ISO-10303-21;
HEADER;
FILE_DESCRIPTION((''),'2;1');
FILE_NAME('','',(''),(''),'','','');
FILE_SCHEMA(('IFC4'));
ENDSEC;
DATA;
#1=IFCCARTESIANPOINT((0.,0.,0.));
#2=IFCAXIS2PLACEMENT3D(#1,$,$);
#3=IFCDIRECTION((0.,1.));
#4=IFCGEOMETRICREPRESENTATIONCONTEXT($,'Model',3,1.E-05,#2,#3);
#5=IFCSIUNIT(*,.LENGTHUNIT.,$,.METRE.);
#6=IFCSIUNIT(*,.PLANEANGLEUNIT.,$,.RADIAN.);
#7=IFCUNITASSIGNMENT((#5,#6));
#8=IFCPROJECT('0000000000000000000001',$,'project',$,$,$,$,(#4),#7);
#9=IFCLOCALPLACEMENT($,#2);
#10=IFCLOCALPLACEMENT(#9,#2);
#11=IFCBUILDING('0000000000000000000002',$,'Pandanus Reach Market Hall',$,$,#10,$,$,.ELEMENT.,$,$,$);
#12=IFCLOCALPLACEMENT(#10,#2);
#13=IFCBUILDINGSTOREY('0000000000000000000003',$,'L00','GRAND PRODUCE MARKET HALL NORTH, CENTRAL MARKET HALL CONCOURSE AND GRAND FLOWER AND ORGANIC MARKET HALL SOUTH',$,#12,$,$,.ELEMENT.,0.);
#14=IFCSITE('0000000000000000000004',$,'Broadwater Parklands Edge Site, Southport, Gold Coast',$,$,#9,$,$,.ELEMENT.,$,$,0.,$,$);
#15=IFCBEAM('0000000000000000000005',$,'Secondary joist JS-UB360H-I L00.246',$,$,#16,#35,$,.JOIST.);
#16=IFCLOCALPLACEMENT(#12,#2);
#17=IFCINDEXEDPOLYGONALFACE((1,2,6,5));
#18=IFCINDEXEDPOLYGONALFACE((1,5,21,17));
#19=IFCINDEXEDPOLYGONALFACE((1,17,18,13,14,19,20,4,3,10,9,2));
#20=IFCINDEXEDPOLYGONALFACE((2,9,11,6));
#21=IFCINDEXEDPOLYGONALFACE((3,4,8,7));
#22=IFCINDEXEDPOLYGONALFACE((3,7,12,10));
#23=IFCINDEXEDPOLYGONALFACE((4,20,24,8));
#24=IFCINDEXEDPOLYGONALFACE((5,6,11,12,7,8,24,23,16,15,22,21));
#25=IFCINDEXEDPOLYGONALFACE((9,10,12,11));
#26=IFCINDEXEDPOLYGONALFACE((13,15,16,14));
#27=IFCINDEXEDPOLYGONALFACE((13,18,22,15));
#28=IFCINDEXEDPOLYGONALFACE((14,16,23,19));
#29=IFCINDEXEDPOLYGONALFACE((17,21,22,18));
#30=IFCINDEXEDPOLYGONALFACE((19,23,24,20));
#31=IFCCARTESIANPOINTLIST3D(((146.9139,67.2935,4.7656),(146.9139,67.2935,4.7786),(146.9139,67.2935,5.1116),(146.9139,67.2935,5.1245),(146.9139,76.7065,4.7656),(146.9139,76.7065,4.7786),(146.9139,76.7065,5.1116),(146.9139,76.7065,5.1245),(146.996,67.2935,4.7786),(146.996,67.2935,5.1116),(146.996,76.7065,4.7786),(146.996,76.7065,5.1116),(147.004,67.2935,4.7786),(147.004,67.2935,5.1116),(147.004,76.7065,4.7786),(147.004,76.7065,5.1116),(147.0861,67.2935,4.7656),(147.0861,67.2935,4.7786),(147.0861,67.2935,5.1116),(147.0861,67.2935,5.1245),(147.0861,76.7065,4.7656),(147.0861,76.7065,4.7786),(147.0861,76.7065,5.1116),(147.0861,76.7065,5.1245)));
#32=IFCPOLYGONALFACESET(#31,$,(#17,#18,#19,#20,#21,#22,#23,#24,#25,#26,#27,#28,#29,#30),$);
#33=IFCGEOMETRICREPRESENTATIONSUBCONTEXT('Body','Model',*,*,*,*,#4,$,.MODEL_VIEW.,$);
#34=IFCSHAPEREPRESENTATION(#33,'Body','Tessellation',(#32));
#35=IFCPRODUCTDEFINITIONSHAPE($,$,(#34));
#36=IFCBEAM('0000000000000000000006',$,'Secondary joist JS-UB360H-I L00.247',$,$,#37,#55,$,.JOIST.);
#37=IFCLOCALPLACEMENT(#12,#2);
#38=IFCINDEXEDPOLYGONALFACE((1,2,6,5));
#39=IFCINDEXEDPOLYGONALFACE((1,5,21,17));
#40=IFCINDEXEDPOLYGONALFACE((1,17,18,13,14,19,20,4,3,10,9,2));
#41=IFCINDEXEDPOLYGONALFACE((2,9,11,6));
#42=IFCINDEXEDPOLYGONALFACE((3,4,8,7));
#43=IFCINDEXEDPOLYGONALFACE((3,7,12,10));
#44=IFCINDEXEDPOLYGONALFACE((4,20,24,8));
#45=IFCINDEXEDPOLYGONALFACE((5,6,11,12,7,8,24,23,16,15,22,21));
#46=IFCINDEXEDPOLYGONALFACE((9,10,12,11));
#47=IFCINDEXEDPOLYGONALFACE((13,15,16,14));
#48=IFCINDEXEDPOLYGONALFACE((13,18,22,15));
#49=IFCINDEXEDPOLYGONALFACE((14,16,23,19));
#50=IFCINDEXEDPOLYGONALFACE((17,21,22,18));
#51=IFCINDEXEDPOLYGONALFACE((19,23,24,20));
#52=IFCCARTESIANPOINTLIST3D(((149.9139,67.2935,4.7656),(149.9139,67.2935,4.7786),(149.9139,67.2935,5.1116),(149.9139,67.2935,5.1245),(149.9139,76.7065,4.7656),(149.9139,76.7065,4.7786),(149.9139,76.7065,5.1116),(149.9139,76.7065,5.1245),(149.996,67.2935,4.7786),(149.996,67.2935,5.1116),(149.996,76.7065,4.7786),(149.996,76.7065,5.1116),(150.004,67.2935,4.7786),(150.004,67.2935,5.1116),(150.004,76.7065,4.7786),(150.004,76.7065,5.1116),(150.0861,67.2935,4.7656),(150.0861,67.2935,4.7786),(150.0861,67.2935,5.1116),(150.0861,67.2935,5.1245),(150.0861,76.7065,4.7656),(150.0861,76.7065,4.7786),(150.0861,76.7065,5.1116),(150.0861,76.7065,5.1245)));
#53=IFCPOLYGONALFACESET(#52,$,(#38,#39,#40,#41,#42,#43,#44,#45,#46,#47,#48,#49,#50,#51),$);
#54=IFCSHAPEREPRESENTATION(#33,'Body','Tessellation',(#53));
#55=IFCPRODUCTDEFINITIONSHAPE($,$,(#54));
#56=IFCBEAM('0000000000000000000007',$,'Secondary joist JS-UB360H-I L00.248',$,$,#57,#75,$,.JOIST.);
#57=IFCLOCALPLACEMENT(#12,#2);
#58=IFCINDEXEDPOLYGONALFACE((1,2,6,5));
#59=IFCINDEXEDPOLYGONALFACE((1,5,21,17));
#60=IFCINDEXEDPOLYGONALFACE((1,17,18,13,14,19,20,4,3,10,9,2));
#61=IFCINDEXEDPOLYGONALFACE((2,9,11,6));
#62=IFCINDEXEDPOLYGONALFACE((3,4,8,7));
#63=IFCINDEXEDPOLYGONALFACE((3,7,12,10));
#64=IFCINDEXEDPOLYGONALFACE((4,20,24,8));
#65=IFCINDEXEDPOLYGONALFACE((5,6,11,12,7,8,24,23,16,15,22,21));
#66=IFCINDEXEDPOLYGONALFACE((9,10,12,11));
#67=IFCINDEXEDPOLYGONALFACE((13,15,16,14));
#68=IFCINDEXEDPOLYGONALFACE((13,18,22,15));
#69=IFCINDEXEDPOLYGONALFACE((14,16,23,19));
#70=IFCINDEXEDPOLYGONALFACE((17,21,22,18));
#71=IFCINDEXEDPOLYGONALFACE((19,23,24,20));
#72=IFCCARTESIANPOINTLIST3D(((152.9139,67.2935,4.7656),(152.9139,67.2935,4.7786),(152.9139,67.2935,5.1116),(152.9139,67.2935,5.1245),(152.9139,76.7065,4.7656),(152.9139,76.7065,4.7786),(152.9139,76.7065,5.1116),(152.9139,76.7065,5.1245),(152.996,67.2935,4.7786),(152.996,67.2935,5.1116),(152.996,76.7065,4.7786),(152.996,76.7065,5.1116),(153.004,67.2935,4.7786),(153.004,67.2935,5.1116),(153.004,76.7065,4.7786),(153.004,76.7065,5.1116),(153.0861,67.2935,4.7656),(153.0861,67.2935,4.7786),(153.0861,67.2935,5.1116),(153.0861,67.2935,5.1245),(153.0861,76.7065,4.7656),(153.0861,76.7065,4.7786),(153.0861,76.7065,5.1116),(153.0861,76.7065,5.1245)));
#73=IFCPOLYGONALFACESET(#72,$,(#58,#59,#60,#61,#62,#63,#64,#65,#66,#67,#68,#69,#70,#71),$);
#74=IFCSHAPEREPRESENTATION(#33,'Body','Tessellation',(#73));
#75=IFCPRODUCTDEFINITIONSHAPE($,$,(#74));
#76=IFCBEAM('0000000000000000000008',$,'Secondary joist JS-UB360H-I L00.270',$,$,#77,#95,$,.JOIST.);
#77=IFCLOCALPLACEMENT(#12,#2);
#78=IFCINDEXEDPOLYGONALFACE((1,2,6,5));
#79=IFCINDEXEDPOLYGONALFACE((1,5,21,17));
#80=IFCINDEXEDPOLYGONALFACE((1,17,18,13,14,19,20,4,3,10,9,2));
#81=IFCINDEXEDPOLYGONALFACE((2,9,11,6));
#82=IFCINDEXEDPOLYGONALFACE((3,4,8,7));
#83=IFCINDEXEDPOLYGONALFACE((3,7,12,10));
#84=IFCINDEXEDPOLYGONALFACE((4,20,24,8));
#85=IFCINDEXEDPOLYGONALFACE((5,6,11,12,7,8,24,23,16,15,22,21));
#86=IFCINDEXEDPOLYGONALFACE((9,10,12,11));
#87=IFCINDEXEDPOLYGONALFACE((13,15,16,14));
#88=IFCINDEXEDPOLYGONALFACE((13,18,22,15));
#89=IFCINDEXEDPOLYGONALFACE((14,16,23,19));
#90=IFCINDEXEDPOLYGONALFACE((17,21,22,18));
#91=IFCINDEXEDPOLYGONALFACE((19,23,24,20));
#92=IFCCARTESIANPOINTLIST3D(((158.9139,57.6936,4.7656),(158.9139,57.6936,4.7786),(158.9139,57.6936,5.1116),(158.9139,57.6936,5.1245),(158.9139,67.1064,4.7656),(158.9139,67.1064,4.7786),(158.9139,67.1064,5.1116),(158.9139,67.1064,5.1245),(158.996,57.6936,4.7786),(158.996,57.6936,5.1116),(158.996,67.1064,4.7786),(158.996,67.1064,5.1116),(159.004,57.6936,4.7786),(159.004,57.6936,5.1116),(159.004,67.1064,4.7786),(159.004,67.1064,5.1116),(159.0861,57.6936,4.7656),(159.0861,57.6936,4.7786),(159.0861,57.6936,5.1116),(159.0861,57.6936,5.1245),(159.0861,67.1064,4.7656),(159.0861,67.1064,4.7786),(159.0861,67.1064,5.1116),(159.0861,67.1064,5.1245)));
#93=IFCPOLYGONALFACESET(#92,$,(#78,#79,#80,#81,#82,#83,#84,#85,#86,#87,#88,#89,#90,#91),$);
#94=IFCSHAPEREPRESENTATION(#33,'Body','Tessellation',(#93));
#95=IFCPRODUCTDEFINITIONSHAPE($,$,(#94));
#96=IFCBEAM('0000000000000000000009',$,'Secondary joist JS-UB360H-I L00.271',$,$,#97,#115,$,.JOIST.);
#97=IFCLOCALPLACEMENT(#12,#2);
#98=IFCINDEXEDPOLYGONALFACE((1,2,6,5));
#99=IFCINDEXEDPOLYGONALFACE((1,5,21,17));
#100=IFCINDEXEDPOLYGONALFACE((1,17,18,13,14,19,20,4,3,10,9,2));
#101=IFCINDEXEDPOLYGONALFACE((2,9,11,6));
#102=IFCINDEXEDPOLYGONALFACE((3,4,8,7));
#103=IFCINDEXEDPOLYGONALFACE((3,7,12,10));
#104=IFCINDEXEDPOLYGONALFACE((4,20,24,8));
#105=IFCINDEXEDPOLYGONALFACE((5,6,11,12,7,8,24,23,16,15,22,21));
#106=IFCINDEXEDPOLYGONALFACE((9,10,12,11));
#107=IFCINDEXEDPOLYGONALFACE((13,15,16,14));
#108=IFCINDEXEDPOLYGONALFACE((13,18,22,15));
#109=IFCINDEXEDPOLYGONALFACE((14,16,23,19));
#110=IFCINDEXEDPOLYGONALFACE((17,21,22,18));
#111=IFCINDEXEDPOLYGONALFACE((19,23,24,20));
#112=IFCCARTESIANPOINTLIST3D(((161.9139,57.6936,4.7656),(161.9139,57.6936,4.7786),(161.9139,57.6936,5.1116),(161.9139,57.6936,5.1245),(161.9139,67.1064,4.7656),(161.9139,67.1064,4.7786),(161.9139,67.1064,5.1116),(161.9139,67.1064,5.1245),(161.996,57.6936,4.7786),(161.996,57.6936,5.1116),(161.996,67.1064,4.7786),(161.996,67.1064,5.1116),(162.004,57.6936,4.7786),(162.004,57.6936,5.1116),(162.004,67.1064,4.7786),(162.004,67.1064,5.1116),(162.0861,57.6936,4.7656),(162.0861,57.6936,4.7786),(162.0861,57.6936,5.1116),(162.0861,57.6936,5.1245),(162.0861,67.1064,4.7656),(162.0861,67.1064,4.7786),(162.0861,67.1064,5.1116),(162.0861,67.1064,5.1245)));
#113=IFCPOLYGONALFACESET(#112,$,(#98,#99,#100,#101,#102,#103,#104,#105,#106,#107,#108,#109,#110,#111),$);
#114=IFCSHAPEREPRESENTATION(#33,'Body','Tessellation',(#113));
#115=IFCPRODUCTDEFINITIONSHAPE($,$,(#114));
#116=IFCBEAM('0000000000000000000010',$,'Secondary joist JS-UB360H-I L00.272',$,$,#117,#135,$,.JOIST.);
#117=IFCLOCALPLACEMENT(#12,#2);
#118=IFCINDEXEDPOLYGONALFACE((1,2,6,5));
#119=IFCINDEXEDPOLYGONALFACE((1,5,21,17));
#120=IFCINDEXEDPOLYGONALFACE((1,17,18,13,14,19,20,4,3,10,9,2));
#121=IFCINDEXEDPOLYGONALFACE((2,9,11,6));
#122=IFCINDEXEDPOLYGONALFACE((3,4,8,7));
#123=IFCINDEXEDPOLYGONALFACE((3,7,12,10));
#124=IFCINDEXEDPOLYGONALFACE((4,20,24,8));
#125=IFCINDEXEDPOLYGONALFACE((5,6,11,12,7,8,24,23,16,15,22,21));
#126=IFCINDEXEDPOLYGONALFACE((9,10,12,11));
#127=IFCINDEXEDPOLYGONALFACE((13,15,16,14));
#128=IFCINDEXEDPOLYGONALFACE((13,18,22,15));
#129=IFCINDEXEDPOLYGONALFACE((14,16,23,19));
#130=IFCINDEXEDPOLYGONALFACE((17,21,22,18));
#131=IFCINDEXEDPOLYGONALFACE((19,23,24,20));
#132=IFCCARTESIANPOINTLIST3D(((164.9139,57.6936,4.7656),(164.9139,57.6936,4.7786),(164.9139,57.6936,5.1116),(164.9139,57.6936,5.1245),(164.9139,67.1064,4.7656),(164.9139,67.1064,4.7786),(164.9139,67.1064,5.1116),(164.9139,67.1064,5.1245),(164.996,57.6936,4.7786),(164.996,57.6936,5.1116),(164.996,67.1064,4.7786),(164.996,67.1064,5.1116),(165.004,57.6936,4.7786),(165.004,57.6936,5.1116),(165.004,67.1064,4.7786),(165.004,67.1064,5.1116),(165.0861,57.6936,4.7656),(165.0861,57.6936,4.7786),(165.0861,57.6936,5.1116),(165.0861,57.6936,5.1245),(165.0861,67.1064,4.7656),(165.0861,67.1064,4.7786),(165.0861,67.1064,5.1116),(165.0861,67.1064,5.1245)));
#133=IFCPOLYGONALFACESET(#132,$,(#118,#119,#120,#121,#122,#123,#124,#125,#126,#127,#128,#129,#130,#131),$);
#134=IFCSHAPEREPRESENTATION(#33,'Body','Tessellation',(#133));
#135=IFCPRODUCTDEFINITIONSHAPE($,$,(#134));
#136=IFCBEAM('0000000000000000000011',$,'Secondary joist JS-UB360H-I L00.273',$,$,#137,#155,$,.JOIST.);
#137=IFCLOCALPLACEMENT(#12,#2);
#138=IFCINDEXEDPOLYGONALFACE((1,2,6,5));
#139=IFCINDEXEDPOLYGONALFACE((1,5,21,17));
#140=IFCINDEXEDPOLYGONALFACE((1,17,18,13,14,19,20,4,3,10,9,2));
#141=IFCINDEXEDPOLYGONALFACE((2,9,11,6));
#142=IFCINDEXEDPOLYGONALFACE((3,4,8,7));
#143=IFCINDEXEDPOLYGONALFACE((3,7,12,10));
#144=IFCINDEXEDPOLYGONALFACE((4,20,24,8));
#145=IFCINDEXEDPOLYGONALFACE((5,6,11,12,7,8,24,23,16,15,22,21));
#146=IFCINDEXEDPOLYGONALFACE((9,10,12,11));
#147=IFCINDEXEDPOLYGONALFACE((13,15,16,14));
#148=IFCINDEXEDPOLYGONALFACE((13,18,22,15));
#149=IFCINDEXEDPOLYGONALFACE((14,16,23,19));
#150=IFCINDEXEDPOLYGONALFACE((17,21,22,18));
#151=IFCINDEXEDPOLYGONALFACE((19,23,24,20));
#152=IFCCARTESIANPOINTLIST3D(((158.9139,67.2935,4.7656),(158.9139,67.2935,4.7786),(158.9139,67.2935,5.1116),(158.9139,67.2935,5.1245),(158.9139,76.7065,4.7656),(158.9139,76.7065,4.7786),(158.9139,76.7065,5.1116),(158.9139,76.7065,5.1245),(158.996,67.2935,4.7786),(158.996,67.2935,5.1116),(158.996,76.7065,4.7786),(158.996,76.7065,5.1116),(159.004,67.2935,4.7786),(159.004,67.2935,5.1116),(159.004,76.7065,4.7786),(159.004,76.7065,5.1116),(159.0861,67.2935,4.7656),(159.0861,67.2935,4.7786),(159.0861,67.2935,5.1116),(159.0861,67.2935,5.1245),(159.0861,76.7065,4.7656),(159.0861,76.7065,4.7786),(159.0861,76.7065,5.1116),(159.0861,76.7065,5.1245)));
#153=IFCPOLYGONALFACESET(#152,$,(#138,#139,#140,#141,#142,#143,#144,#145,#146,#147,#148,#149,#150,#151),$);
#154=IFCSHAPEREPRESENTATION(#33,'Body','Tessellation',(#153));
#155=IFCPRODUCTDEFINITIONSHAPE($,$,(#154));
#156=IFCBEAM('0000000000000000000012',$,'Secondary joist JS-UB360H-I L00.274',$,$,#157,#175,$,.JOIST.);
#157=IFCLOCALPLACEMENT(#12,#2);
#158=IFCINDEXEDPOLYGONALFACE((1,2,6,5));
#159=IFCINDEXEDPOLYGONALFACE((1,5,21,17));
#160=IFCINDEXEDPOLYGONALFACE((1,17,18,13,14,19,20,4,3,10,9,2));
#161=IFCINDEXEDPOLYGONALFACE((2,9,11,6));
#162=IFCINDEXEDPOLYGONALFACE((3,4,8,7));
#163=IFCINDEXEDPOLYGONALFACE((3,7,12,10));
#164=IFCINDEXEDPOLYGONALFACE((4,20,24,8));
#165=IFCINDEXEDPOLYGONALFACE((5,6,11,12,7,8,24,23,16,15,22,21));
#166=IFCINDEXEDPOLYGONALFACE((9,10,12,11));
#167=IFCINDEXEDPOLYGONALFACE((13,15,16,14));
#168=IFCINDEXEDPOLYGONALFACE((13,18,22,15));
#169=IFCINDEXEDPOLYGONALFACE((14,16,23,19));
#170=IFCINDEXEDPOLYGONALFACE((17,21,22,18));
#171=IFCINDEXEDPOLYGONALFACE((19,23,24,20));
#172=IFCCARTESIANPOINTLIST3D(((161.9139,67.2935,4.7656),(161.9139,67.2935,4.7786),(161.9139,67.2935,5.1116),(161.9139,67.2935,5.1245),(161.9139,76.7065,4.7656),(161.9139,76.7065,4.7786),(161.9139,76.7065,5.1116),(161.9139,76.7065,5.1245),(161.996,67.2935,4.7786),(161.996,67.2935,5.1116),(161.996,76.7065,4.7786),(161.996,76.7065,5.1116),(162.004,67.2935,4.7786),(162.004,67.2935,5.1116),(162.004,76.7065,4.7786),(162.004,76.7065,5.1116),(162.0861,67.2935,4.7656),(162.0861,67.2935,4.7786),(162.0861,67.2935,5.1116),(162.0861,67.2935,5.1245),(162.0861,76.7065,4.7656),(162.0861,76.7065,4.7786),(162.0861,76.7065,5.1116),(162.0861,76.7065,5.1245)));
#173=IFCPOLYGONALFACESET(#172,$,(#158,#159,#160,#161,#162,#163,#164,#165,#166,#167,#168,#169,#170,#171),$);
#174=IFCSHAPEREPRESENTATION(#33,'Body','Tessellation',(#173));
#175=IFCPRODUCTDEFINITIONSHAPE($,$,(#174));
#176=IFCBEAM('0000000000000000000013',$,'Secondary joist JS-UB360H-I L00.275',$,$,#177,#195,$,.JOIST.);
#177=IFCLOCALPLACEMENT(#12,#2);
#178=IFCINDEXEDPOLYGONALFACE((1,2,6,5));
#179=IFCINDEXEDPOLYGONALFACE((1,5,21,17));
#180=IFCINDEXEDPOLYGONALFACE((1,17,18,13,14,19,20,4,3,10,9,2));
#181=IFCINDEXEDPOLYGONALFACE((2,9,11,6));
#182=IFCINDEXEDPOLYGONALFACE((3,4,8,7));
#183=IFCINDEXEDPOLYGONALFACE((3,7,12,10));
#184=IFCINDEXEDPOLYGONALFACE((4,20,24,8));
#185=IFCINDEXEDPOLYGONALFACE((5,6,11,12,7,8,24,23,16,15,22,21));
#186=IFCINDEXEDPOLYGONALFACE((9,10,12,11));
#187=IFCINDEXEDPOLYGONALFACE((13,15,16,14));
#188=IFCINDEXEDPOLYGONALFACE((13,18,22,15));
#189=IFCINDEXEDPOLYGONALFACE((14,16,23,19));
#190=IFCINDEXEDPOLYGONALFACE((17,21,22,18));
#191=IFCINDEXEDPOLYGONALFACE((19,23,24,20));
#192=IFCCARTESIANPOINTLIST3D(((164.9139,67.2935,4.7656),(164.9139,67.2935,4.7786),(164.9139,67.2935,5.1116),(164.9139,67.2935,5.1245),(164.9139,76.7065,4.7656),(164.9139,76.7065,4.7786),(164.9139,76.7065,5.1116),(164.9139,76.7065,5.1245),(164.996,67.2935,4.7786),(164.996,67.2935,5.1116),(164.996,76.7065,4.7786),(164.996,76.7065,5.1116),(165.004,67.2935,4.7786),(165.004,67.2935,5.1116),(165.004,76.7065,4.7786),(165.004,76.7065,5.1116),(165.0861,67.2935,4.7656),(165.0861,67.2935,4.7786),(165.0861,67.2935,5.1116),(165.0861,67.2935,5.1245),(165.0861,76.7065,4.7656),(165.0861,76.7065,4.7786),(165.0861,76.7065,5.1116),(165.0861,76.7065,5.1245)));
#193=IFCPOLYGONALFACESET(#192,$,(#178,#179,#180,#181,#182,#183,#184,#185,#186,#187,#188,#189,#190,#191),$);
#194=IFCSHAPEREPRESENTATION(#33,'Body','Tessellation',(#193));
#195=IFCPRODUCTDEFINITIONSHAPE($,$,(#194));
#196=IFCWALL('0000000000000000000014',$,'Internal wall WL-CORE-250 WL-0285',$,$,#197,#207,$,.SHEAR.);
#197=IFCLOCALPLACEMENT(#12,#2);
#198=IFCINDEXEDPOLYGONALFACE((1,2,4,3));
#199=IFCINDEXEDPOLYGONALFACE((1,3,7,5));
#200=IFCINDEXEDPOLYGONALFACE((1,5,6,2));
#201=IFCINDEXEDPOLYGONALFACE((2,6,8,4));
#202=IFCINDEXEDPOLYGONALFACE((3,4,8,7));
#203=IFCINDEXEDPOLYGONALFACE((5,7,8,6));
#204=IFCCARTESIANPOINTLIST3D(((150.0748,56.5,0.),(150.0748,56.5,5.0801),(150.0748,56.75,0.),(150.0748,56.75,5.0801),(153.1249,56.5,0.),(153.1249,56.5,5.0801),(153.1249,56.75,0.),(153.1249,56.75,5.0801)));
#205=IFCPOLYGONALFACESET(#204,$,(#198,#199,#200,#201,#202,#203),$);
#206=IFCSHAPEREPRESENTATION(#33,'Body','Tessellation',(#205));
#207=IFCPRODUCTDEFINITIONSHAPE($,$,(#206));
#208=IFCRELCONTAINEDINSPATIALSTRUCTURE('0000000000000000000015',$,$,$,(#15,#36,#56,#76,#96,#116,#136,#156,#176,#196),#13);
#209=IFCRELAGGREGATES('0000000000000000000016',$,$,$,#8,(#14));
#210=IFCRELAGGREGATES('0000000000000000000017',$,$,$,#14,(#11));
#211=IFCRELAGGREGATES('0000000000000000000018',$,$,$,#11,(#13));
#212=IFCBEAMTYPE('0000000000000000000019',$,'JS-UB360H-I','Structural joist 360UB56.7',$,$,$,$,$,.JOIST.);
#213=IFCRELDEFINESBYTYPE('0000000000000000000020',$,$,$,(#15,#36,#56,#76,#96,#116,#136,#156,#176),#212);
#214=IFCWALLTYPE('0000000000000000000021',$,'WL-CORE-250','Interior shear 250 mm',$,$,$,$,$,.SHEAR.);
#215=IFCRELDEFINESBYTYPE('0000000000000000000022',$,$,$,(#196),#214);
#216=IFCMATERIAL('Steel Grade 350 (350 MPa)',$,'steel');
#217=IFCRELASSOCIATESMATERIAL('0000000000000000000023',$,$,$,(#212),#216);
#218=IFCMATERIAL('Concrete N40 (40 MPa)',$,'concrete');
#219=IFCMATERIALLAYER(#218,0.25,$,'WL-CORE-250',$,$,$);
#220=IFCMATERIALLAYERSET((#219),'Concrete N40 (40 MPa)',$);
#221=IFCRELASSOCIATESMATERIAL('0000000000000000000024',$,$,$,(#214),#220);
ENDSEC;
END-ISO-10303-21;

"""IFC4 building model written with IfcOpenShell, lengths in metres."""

from ifc_helpers import new_model, si_unit, direction, frame, frame_2d, origin, origin_2d, place, context, subcontext, project, spatial, rectangle, i_section, extrude, material, layer, layer_set, material_profile, profile_set, type_object, element, save


model = new_model("IFC4")

# Units and contexts
model_context = context("Model", 3, precision=1e-05, world=origin(), true_north=direction((0.0, 1.0)))
body_context = subcontext(model_context, "Body", "Model", "MODEL_VIEW")
ifc_project = project(units=[si_unit("LENGTHUNIT", "METRE"), si_unit("PLANEANGLEUNIT", "RADIAN")], contexts=[model_context])

# Site, building, storey
site_placement = place(None, origin())
site = spatial("IfcSite", under=ifc_project, at=site_placement, Name="Broadwater Parklands Edge Site, Southport, Gold Coast", CompositionType="ELEMENT", RefElevation=0.0)
building_placement = place(site_placement, origin())
building = spatial("IfcBuilding", under=site, at=building_placement, Name="Pandanus Reach Market Hall", CompositionType="ELEMENT")
storey_placement = place(building_placement, origin())
storey = spatial("IfcBuildingStorey", under=building, at=storey_placement, Name="L00", Description="GRAND PRODUCE MARKET HALL NORTH, CENTRAL MARKET HALL CONCOURSE AND GRAND FLOWER AND ORGANIC MARKET HALL SOUTH", CompositionType="ELEMENT", Elevation=0.0)

# Shared definitions
ifc_material_1 = material(Name="Concrete N40 (40 MPa)", Category="concrete")

# Beams
ifc_material_2 = material(Name="Steel Grade 350 (350 MPa)", Category="steel")
ifc_material_profile_1 = material_profile(ifc_material_2, i_section(OverallWidth=0.1721, OverallDepth=0.3589, WebThickness=0.0081, FlangeThickness=0.0129, at=origin_2d()), Name="360UB56.7", Category="LoadBearing")
ifc_profile_set_1 = profile_set([ifc_material_profile_1], Name="Steel Grade 350 (350 MPa)")
beam_type_1 = type_object("IfcBeamType", Name="JS-UB360H-I", Description="Structural joist 360UB56.7", PredefinedType="JOIST", material=ifc_profile_set_1)
for number, where, z_axis, x_axis, name in (
    (1, (147.0, 67.2935, 4.9451), (0.0, 1.0, 0.0), (-1.0, 0.0, 0.0), "Secondary joist JS-UB360H-I L00.246"),
    (2, (150.0, 67.2935, 4.9451), (0.0, 1.0, 0.0), (-1.0, 0.0, 0.0), "Secondary joist JS-UB360H-I L00.247"),
    (3, (153.0, 67.2935, 4.9451), (0.0, 1.0, 0.0), (-1.0, 0.0, 0.0), "Secondary joist JS-UB360H-I L00.248"),
):
    element("IfcBeam", number, at=place(storey_placement, frame(where, z_axis=z_axis, x_axis=x_axis)), inside=storey, type_object=beam_type_1, Name=name, PredefinedType="JOIST", context=body_context, shape_type="SweptSolid", body=[
        extrude(i_section(OverallWidth=0.1721, OverallDepth=0.3589, WebThickness=0.0081, FlangeThickness=0.0129, at=origin_2d()), origin(), (0.0, 0.0, 1.0), 9.4131),
    ])
for number, where, z_axis, x_axis, name in (
    (4, (159.0, 57.6936, 4.9451), (0.0, 1.0, 0.0), (-1.0, 0.0, 0.0), "Secondary joist JS-UB360H-I L00.270"),
    (5, (162.0, 57.6936, 4.9451), (0.0, 1.0, 0.0), (-1.0, 0.0, 0.0), "Secondary joist JS-UB360H-I L00.271"),
    (6, (165.0, 57.6936, 4.9451), (0.0, 1.0, 0.0), (-1.0, 0.0, 0.0), "Secondary joist JS-UB360H-I L00.272"),
):
    element("IfcBeam", number, at=place(storey_placement, frame(where, z_axis=z_axis, x_axis=x_axis)), inside=storey, type_object=beam_type_1, Name=name, PredefinedType="JOIST", context=body_context, shape_type="SweptSolid", body=[
        extrude(i_section(OverallWidth=0.1721, OverallDepth=0.3589, WebThickness=0.0081, FlangeThickness=0.0129, at=origin_2d()), origin(), (0.0, 0.0, 1.0), 9.4128),
    ])
for number, where, z_axis, x_axis, name in (
    (7, (159.0, 67.2935, 4.9451), (0.0, 1.0, 0.0), (-1.0, 0.0, 0.0), "Secondary joist JS-UB360H-I L00.273"),
    (8, (162.0, 67.2935, 4.9451), (0.0, 1.0, 0.0), (-1.0, 0.0, 0.0), "Secondary joist JS-UB360H-I L00.274"),
    (9, (165.0, 67.2935, 4.9451), (0.0, 1.0, 0.0), (-1.0, 0.0, 0.0), "Secondary joist JS-UB360H-I L00.275"),
):
    element("IfcBeam", number, at=place(storey_placement, frame(where, z_axis=z_axis, x_axis=x_axis)), inside=storey, type_object=beam_type_1, Name=name, PredefinedType="JOIST", context=body_context, shape_type="SweptSolid", body=[
        extrude(i_section(OverallWidth=0.1721, OverallDepth=0.3589, WebThickness=0.0081, FlangeThickness=0.0129, at=origin_2d()), origin(), (0.0, 0.0, 1.0), 9.4131),
    ])

# Wall
ifc_layer_1 = layer(ifc_material_1, 0.25, Name="WL-CORE-250")
ifc_layer_set_1 = layer_set([ifc_layer_1], Name="Concrete N40 (40 MPa)")
wall_type_1 = type_object("IfcWallType", Name="WL-CORE-250", Description="Interior shear 250 mm", PredefinedType="SHEAR", material=ifc_layer_set_1)
wall_1_placement = place(storey_placement, frame((150.075, 56.625, 0.0), z_axis=(0.0, 0.0, 1.0), x_axis=(1.0, 0.0, 0.0)))
element("IfcWall", 10, at=wall_1_placement, inside=storey, type_object=wall_type_1, Name="Internal wall WL-CORE-250 WL-0285", PredefinedType="SHEAR", context=body_context, shape_type="SweptSolid", body=[
    extrude(rectangle(XDim=3.05, YDim=0.25, at=frame_2d((1.5249, 0.0))), origin(), (0.0, 0.0, 1.0), 5.0801),
])

save(model, "model.ifc")
